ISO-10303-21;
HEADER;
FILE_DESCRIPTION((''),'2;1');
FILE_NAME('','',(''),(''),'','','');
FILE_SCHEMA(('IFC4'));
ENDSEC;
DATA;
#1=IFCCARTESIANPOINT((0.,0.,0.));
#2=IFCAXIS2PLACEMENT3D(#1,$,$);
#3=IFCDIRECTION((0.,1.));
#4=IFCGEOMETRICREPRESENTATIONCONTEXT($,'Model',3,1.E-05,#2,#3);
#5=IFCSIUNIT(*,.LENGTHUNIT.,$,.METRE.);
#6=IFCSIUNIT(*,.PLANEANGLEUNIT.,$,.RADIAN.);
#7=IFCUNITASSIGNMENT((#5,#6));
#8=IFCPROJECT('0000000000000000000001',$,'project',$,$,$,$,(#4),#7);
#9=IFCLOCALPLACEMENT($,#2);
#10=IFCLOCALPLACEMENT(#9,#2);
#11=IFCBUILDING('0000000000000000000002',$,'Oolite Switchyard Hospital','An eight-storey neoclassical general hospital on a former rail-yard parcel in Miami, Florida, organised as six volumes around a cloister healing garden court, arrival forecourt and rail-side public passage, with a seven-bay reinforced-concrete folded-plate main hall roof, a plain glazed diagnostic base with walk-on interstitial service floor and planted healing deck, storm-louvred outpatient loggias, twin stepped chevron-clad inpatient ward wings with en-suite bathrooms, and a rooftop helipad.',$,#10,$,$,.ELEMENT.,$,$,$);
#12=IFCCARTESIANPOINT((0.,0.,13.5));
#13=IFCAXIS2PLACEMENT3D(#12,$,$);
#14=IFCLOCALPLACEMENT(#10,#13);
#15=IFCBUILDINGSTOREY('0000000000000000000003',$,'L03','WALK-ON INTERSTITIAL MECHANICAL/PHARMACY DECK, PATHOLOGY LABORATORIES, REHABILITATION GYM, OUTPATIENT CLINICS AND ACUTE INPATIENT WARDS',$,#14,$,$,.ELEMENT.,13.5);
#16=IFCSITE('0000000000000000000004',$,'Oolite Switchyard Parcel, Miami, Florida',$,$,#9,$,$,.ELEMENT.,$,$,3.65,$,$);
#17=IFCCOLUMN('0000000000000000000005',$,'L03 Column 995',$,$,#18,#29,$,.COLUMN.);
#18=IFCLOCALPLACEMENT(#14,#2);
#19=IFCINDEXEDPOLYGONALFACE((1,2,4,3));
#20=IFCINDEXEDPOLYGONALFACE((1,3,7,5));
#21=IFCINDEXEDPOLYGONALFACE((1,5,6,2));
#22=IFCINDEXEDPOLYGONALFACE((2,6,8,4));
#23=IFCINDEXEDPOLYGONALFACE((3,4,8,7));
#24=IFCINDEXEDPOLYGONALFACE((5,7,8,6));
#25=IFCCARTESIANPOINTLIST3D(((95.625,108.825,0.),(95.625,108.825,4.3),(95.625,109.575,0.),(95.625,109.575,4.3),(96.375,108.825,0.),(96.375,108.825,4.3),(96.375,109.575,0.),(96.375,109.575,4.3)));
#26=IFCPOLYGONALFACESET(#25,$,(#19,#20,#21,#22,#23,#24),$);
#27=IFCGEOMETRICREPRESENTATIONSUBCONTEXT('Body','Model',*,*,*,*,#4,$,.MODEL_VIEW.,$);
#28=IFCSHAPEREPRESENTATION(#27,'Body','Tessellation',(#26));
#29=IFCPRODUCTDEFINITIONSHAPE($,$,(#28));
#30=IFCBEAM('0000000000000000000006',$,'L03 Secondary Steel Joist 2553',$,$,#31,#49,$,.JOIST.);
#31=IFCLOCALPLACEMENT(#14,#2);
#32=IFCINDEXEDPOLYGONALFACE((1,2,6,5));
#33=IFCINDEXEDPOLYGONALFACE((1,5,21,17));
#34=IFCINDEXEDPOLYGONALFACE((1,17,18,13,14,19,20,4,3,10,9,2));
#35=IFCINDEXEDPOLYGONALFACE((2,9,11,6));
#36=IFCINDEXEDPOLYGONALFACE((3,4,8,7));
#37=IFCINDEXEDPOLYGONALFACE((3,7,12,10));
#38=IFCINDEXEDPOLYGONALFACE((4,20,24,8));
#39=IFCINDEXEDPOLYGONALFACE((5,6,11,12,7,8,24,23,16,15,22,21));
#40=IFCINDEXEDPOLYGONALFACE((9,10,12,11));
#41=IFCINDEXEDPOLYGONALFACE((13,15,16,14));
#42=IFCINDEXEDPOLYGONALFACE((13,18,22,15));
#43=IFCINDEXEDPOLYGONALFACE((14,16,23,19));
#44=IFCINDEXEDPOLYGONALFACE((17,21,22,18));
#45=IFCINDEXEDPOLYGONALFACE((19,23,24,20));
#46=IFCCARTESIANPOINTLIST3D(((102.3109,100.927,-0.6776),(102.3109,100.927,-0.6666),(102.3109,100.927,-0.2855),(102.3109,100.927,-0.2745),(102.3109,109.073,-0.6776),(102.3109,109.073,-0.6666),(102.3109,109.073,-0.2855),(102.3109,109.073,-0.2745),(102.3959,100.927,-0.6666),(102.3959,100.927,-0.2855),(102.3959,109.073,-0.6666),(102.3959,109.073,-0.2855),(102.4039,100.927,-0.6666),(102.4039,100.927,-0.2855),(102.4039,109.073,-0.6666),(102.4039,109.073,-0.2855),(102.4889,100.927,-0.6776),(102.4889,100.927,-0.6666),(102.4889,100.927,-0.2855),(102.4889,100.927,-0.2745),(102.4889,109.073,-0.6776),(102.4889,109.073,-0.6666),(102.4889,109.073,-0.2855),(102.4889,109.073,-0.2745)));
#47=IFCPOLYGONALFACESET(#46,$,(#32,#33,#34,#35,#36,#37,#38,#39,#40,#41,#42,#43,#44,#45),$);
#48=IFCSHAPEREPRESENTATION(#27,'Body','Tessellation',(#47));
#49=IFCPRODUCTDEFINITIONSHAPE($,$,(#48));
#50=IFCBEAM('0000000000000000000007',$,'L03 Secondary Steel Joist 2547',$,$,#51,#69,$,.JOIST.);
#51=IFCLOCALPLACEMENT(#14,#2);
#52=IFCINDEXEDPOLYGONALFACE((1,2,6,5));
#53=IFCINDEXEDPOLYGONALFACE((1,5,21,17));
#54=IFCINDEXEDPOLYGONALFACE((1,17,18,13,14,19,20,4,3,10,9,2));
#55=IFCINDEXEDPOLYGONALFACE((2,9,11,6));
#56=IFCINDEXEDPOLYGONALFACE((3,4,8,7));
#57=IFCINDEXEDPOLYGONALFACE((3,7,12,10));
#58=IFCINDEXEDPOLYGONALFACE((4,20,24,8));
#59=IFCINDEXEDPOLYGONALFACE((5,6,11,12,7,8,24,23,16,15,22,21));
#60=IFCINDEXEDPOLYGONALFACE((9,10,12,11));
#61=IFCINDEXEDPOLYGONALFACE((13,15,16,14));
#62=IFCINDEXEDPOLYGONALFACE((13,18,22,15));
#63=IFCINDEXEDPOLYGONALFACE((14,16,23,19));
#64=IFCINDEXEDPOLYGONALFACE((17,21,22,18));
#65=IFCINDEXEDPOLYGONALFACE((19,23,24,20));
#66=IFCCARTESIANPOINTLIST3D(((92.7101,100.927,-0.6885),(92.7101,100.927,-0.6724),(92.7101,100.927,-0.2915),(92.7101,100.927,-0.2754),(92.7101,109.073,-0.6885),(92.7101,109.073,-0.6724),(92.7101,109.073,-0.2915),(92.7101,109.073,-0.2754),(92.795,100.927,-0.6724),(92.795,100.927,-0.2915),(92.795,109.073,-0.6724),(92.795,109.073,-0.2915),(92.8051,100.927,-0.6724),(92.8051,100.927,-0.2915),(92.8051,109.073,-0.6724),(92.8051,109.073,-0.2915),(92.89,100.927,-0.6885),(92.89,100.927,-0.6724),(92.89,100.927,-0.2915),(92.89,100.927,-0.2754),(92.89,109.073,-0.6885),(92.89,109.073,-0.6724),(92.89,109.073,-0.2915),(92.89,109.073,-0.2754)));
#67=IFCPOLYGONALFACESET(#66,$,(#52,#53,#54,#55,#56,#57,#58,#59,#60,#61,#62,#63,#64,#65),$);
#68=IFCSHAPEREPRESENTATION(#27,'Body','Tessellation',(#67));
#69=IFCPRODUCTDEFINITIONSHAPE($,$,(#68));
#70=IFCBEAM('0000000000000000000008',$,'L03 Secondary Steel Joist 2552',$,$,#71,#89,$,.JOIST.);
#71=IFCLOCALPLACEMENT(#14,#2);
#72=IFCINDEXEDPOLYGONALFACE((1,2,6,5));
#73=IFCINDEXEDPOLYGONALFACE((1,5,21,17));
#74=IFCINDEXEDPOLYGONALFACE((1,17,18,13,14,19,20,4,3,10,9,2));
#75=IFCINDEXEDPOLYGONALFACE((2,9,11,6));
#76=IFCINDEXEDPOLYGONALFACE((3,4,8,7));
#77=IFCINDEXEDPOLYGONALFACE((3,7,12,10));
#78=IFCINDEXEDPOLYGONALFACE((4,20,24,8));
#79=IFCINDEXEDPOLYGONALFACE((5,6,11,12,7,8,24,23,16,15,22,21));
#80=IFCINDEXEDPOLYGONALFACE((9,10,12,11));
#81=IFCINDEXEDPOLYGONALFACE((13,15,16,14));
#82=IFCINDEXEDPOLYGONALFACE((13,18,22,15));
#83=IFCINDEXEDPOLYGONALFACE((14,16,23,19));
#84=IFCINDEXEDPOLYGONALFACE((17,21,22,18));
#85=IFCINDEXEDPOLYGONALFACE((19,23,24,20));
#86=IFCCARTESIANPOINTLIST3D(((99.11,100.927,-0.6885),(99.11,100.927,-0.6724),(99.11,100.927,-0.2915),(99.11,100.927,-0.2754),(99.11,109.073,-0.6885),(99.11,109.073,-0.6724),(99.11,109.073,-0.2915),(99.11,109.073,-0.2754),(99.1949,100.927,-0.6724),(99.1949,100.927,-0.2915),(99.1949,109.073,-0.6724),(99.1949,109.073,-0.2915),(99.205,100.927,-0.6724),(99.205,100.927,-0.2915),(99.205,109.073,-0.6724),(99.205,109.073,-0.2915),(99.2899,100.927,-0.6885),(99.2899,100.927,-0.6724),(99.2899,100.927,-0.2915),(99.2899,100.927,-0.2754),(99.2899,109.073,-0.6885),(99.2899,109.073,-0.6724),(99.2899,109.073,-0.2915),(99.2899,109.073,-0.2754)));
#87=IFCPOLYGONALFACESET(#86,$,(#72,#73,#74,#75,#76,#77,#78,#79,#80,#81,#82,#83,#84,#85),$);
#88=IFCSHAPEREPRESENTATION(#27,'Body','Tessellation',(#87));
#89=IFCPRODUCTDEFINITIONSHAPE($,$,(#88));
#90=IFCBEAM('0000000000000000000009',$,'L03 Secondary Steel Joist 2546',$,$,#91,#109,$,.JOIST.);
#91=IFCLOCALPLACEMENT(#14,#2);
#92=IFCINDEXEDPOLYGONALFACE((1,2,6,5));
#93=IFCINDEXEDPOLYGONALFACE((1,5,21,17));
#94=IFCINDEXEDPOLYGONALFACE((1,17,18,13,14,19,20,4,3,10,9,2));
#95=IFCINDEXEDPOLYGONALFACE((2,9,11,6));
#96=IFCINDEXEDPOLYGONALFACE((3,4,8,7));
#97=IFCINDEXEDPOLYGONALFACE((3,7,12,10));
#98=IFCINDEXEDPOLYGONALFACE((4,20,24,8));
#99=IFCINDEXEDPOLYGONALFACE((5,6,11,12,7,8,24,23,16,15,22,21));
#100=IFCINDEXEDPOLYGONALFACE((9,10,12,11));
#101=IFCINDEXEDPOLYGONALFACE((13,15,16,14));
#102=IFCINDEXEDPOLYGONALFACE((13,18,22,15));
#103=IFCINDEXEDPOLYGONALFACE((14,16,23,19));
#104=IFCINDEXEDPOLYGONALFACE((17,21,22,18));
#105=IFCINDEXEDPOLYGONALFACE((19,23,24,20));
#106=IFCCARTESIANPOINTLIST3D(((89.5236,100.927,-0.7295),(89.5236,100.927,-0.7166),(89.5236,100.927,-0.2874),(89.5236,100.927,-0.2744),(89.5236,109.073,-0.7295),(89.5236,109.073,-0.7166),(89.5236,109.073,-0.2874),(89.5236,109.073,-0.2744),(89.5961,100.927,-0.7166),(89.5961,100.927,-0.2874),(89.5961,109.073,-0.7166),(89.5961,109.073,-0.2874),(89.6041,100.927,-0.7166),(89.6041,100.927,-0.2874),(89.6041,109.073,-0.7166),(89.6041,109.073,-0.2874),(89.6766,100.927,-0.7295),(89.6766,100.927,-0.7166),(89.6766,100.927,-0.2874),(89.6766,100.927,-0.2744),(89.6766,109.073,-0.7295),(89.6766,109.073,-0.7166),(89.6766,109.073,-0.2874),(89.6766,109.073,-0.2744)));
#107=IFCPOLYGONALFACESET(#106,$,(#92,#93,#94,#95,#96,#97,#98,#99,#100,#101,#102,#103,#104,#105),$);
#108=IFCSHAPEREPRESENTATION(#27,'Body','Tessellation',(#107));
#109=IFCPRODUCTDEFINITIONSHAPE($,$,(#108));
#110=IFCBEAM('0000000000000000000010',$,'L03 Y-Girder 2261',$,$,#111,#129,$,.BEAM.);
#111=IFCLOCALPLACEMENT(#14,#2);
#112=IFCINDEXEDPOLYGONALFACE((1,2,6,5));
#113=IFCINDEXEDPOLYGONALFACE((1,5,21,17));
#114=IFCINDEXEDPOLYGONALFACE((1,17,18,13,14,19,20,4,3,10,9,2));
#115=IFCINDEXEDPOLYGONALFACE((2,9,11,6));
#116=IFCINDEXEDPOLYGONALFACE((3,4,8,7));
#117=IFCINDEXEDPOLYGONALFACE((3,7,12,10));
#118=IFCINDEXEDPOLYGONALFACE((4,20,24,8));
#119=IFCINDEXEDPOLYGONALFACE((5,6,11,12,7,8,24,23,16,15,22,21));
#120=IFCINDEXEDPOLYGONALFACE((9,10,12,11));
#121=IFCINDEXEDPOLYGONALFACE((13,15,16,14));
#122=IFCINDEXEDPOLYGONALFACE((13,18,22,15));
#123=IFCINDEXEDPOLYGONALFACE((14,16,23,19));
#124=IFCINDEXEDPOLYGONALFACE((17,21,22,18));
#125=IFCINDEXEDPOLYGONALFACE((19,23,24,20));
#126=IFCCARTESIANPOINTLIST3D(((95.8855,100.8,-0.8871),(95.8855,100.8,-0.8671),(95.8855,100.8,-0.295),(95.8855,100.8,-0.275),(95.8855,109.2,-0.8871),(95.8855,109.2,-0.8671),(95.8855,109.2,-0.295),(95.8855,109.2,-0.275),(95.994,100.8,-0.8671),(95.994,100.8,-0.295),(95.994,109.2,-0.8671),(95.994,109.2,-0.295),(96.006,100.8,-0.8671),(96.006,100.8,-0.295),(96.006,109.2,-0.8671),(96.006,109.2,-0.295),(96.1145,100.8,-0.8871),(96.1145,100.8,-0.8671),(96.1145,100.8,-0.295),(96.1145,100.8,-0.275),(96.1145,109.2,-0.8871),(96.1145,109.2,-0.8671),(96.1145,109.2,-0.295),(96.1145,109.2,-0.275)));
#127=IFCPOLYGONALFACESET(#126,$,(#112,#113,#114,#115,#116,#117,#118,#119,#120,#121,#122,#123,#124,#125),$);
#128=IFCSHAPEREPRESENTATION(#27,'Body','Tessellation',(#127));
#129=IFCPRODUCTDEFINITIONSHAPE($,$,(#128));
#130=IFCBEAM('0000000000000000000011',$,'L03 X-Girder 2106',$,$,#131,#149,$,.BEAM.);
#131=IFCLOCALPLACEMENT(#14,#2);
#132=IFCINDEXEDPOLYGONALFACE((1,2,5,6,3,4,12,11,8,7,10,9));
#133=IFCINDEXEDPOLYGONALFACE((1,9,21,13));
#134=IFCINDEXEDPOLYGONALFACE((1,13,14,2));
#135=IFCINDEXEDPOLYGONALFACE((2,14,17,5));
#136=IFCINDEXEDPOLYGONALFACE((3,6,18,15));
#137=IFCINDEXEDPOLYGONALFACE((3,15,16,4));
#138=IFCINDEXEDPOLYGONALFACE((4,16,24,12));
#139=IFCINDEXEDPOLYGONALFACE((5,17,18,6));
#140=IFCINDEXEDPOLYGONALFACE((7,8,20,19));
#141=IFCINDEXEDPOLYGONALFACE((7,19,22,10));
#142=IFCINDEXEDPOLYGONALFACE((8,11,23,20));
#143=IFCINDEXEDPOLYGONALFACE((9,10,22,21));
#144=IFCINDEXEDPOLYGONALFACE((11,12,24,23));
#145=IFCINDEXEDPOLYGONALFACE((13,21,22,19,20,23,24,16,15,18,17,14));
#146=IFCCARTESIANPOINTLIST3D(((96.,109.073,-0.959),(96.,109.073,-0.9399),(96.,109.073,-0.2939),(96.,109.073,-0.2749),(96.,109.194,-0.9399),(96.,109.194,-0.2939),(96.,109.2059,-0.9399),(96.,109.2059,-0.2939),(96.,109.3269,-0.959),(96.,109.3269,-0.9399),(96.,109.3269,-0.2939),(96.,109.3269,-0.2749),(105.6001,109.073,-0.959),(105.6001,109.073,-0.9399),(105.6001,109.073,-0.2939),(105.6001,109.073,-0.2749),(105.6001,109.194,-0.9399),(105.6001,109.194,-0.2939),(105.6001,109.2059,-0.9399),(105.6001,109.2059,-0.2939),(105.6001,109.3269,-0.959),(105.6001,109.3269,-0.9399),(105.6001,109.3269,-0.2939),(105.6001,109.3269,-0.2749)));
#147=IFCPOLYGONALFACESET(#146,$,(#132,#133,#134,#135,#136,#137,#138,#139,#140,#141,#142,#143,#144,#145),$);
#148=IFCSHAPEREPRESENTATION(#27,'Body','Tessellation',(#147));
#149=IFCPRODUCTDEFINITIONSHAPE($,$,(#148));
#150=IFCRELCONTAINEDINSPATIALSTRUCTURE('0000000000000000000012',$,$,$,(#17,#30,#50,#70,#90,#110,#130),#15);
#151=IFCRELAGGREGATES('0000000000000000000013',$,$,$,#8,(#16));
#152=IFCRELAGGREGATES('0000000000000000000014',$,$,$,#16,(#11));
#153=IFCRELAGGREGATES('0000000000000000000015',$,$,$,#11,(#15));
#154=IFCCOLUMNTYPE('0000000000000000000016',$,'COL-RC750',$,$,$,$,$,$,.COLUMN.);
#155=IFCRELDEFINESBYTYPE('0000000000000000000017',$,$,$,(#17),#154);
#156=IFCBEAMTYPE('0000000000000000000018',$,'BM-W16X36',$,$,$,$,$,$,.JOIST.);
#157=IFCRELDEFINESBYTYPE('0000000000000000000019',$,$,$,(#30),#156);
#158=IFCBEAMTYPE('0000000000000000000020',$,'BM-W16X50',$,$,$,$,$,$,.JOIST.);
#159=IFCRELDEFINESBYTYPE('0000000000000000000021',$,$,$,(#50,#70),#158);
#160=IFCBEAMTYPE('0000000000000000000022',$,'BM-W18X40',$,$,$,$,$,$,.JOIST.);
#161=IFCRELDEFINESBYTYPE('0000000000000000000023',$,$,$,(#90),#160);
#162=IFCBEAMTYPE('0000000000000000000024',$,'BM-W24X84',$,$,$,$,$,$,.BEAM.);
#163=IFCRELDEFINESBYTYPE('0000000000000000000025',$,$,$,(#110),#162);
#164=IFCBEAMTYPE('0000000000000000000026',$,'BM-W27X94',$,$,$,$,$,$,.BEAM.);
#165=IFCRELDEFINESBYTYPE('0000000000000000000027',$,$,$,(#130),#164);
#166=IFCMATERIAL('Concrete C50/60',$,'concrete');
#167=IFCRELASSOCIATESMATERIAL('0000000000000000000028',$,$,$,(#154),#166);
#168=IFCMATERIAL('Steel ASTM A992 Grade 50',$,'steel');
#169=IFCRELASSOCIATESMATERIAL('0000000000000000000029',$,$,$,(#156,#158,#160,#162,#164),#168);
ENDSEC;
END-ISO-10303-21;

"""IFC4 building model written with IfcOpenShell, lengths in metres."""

from ifc_helpers import new_model, si_unit, direction, frame, origin, origin_2d, place, context, subcontext, project, spatial, rectangle, i_section, extrude, material, material_profile, profile_set, type_object, element, save


model = new_model("IFC4")

# Units and contexts
model_context = context("Model", 3, precision=1e-05, world=origin(), true_north=direction((0.0, 1.0)))
body_context = subcontext(model_context, "Body", "Model", "MODEL_VIEW")
ifc_project = project(units=[si_unit("LENGTHUNIT", "METRE"), si_unit("PLANEANGLEUNIT", "RADIAN")], contexts=[model_context])

# Site, building, storey
site_placement = place(None, origin())
site = spatial("IfcSite", under=ifc_project, at=site_placement, Name="Oolite Switchyard Parcel, Miami, Florida", CompositionType="ELEMENT", RefElevation=3.65)
building_placement = place(site_placement, origin())
building = spatial("IfcBuilding", under=site, at=building_placement, Name="Oolite Switchyard Hospital", Description="An eight-storey neoclassical general hospital on a former rail-yard parcel in Miami, Florida, organised as six volumes around a cloister healing garden court, arrival forecourt and rail-side public passage, with a seven-bay reinforced-concrete folded-plate main hall roof, a plain glazed diagnostic base with walk-on interstitial service floor and planted healing deck, storm-louvred outpatient loggias, twin stepped chevron-clad inpatient ward wings with en-suite bathrooms, and a rooftop helipad.", CompositionType="ELEMENT")
storey_placement = place(building_placement, frame((0.0, 0.0, 13.5)))
storey = spatial("IfcBuildingStorey", under=building, at=storey_placement, Name="L03", Description="WALK-ON INTERSTITIAL MECHANICAL/PHARMACY DECK, PATHOLOGY LABORATORIES, REHABILITATION GYM, OUTPATIENT CLINICS AND ACUTE INPATIENT WARDS", CompositionType="ELEMENT", Elevation=13.5)

# Column
ifc_material_1 = material(Name="Concrete C50/60", Category="concrete")
ifc_material_profile_1 = material_profile(ifc_material_1, rectangle(XDim=0.75, YDim=0.75, at=origin_2d()), Name="RC750X750")
ifc_profile_set_1 = profile_set([ifc_material_profile_1], Name="Concrete C50/60")
column_type = type_object("IfcColumnType", Name="COL-RC750", PredefinedType="COLUMN", material=ifc_profile_set_1)
column_placement = place(storey_placement, frame((96.0, 109.2, 0.0), z_axis=(0.0, 0.0, 1.0), x_axis=(1.0, 0.0, 0.0)))
element("IfcColumn", 1, at=column_placement, inside=storey, type_object=column_type, Name="L03 Column 995", PredefinedType="COLUMN", context=body_context, shape_type="SweptSolid", body=[
    extrude(rectangle(XDim=0.75, YDim=0.75, at=origin_2d()), origin(), (0.0, 0.0, 1.0), 4.3),
])

# Beams
ifc_material_2 = material(Name="Steel ASTM A992 Grade 50", Category="steel")
ifc_material_profile_2 = material_profile(ifc_material_2, i_section(OverallWidth=0.178, OverallDepth=0.4031, WebThickness=0.0081, FlangeThickness=0.011, at=origin_2d()), Name="W16X36")
ifc_profile_set_2 = profile_set([ifc_material_profile_2], Name="Steel ASTM A992 Grade 50")
beam_type_1 = type_object("IfcBeamType", Name="BM-W16X36", PredefinedType="JOIST", material=ifc_profile_set_2)
beam_1_placement = place(storey_placement, frame((102.3999, 100.927, -0.4761), z_axis=(0.0, 1.0, 0.0), x_axis=(-1.0, 0.0, 0.0)))
element("IfcBeam", 2, at=beam_1_placement, inside=storey, type_object=beam_type_1, Name="L03 Secondary Steel Joist 2553", PredefinedType="JOIST", context=body_context, shape_type="SweptSolid", body=[
    extrude(i_section(OverallWidth=0.178, OverallDepth=0.4031, WebThickness=0.0081, FlangeThickness=0.011, at=origin_2d()), origin(), (0.0, 0.0, 1.0), 8.146),
])
ifc_material_profile_3 = material_profile(ifc_material_2, i_section(OverallWidth=0.1799, OverallDepth=0.4131, WebThickness=0.01, FlangeThickness=0.0161, at=origin_2d()), Name="W16X50")
ifc_profile_set_3 = profile_set([ifc_material_profile_3], Name="Steel ASTM A992 Grade 50")
beam_type_2 = type_object("IfcBeamType", Name="BM-W16X50", PredefinedType="JOIST", material=ifc_profile_set_3)
for number, where, z_axis, x_axis, name in (
    (3, (92.8, 100.927, -0.4819), (0.0, 1.0, 0.0), (-1.0, 0.0, 0.0), "L03 Secondary Steel Joist 2547"),
    (4, (99.2, 100.927, -0.4819), (0.0, 1.0, 0.0), (-1.0, 0.0, 0.0), "L03 Secondary Steel Joist 2552"),
):
    element("IfcBeam", number, at=place(storey_placement, frame(where, z_axis=z_axis, x_axis=x_axis)), inside=storey, type_object=beam_type_2, Name=name, PredefinedType="JOIST", context=body_context, shape_type="SweptSolid", body=[
        extrude(i_section(OverallWidth=0.1799, OverallDepth=0.4131, WebThickness=0.01, FlangeThickness=0.0161, at=origin_2d()), origin(), (0.0, 0.0, 1.0), 8.146),
    ])
ifc_material_profile_4 = material_profile(ifc_material_2, i_section(OverallWidth=0.1531, OverallDepth=0.4551, WebThickness=0.0081, FlangeThickness=0.0129, at=origin_2d()), Name="W18X40")
ifc_profile_set_4 = profile_set([ifc_material_profile_4], Name="Steel ASTM A992 Grade 50")
beam_type_3 = type_object("IfcBeamType", Name="BM-W18X40", PredefinedType="JOIST", material=ifc_profile_set_4)
beam_2_placement = place(storey_placement, frame((89.6001, 100.927, -0.502), z_axis=(0.0, 1.0, 0.0), x_axis=(-1.0, 0.0, 0.0)))
element("IfcBeam", 5, at=beam_2_placement, inside=storey, type_object=beam_type_3, Name="L03 Secondary Steel Joist 2546", PredefinedType="JOIST", context=body_context, shape_type="SweptSolid", body=[
    extrude(i_section(OverallWidth=0.1531, OverallDepth=0.4551, WebThickness=0.0081, FlangeThickness=0.0129, at=origin_2d()), origin(), (0.0, 0.0, 1.0), 8.146),
])
ifc_material_profile_5 = material_profile(ifc_material_2, i_section(OverallWidth=0.229, OverallDepth=0.6121, WebThickness=0.012, FlangeThickness=0.02, at=origin_2d()), Name="W24X84")
ifc_profile_set_5 = profile_set([ifc_material_profile_5], Name="Steel ASTM A992 Grade 50")
beam_type_4 = type_object("IfcBeamType", Name="BM-W24X84", PredefinedType="BEAM", material=ifc_profile_set_5)
beam_3_placement = place(storey_placement, frame((96.0, 100.8, -0.5811), z_axis=(0.0, 1.0, 0.0), x_axis=(-1.0, 0.0, 0.0)))
element("IfcBeam", 6, at=beam_3_placement, inside=storey, type_object=beam_type_4, Name="L03 Y-Girder 2261", PredefinedType="BEAM", context=body_context, shape_type="SweptSolid", body=[
    extrude(i_section(OverallWidth=0.229, OverallDepth=0.6121, WebThickness=0.012, FlangeThickness=0.02, at=origin_2d()), origin(), (0.0, 0.0, 1.0), 8.3999),
])
ifc_material_profile_6 = material_profile(ifc_material_2, i_section(OverallWidth=0.2539, OverallDepth=0.6841, WebThickness=0.012, FlangeThickness=0.019, at=origin_2d()), Name="W27X94")
ifc_profile_set_6 = profile_set([ifc_material_profile_6], Name="Steel ASTM A992 Grade 50")
beam_type_5 = type_object("IfcBeamType", Name="BM-W27X94", PredefinedType="BEAM", material=ifc_profile_set_6)
beam_4_placement = place(storey_placement, frame((96.0, 109.2, -0.6169), z_axis=(1.0, 0.0, 0.0), x_axis=(0.0, 1.0, 0.0)))
element("IfcBeam", 7, at=beam_4_placement, inside=storey, type_object=beam_type_5, Name="L03 X-Girder 2106", PredefinedType="BEAM", context=body_context, shape_type="SweptSolid", body=[
    extrude(i_section(OverallWidth=0.2539, OverallDepth=0.6841, WebThickness=0.012, FlangeThickness=0.019, at=origin_2d()), origin(), (0.0, 0.0, 1.0), 9.6001),
])

save(model, "model.ifc")
